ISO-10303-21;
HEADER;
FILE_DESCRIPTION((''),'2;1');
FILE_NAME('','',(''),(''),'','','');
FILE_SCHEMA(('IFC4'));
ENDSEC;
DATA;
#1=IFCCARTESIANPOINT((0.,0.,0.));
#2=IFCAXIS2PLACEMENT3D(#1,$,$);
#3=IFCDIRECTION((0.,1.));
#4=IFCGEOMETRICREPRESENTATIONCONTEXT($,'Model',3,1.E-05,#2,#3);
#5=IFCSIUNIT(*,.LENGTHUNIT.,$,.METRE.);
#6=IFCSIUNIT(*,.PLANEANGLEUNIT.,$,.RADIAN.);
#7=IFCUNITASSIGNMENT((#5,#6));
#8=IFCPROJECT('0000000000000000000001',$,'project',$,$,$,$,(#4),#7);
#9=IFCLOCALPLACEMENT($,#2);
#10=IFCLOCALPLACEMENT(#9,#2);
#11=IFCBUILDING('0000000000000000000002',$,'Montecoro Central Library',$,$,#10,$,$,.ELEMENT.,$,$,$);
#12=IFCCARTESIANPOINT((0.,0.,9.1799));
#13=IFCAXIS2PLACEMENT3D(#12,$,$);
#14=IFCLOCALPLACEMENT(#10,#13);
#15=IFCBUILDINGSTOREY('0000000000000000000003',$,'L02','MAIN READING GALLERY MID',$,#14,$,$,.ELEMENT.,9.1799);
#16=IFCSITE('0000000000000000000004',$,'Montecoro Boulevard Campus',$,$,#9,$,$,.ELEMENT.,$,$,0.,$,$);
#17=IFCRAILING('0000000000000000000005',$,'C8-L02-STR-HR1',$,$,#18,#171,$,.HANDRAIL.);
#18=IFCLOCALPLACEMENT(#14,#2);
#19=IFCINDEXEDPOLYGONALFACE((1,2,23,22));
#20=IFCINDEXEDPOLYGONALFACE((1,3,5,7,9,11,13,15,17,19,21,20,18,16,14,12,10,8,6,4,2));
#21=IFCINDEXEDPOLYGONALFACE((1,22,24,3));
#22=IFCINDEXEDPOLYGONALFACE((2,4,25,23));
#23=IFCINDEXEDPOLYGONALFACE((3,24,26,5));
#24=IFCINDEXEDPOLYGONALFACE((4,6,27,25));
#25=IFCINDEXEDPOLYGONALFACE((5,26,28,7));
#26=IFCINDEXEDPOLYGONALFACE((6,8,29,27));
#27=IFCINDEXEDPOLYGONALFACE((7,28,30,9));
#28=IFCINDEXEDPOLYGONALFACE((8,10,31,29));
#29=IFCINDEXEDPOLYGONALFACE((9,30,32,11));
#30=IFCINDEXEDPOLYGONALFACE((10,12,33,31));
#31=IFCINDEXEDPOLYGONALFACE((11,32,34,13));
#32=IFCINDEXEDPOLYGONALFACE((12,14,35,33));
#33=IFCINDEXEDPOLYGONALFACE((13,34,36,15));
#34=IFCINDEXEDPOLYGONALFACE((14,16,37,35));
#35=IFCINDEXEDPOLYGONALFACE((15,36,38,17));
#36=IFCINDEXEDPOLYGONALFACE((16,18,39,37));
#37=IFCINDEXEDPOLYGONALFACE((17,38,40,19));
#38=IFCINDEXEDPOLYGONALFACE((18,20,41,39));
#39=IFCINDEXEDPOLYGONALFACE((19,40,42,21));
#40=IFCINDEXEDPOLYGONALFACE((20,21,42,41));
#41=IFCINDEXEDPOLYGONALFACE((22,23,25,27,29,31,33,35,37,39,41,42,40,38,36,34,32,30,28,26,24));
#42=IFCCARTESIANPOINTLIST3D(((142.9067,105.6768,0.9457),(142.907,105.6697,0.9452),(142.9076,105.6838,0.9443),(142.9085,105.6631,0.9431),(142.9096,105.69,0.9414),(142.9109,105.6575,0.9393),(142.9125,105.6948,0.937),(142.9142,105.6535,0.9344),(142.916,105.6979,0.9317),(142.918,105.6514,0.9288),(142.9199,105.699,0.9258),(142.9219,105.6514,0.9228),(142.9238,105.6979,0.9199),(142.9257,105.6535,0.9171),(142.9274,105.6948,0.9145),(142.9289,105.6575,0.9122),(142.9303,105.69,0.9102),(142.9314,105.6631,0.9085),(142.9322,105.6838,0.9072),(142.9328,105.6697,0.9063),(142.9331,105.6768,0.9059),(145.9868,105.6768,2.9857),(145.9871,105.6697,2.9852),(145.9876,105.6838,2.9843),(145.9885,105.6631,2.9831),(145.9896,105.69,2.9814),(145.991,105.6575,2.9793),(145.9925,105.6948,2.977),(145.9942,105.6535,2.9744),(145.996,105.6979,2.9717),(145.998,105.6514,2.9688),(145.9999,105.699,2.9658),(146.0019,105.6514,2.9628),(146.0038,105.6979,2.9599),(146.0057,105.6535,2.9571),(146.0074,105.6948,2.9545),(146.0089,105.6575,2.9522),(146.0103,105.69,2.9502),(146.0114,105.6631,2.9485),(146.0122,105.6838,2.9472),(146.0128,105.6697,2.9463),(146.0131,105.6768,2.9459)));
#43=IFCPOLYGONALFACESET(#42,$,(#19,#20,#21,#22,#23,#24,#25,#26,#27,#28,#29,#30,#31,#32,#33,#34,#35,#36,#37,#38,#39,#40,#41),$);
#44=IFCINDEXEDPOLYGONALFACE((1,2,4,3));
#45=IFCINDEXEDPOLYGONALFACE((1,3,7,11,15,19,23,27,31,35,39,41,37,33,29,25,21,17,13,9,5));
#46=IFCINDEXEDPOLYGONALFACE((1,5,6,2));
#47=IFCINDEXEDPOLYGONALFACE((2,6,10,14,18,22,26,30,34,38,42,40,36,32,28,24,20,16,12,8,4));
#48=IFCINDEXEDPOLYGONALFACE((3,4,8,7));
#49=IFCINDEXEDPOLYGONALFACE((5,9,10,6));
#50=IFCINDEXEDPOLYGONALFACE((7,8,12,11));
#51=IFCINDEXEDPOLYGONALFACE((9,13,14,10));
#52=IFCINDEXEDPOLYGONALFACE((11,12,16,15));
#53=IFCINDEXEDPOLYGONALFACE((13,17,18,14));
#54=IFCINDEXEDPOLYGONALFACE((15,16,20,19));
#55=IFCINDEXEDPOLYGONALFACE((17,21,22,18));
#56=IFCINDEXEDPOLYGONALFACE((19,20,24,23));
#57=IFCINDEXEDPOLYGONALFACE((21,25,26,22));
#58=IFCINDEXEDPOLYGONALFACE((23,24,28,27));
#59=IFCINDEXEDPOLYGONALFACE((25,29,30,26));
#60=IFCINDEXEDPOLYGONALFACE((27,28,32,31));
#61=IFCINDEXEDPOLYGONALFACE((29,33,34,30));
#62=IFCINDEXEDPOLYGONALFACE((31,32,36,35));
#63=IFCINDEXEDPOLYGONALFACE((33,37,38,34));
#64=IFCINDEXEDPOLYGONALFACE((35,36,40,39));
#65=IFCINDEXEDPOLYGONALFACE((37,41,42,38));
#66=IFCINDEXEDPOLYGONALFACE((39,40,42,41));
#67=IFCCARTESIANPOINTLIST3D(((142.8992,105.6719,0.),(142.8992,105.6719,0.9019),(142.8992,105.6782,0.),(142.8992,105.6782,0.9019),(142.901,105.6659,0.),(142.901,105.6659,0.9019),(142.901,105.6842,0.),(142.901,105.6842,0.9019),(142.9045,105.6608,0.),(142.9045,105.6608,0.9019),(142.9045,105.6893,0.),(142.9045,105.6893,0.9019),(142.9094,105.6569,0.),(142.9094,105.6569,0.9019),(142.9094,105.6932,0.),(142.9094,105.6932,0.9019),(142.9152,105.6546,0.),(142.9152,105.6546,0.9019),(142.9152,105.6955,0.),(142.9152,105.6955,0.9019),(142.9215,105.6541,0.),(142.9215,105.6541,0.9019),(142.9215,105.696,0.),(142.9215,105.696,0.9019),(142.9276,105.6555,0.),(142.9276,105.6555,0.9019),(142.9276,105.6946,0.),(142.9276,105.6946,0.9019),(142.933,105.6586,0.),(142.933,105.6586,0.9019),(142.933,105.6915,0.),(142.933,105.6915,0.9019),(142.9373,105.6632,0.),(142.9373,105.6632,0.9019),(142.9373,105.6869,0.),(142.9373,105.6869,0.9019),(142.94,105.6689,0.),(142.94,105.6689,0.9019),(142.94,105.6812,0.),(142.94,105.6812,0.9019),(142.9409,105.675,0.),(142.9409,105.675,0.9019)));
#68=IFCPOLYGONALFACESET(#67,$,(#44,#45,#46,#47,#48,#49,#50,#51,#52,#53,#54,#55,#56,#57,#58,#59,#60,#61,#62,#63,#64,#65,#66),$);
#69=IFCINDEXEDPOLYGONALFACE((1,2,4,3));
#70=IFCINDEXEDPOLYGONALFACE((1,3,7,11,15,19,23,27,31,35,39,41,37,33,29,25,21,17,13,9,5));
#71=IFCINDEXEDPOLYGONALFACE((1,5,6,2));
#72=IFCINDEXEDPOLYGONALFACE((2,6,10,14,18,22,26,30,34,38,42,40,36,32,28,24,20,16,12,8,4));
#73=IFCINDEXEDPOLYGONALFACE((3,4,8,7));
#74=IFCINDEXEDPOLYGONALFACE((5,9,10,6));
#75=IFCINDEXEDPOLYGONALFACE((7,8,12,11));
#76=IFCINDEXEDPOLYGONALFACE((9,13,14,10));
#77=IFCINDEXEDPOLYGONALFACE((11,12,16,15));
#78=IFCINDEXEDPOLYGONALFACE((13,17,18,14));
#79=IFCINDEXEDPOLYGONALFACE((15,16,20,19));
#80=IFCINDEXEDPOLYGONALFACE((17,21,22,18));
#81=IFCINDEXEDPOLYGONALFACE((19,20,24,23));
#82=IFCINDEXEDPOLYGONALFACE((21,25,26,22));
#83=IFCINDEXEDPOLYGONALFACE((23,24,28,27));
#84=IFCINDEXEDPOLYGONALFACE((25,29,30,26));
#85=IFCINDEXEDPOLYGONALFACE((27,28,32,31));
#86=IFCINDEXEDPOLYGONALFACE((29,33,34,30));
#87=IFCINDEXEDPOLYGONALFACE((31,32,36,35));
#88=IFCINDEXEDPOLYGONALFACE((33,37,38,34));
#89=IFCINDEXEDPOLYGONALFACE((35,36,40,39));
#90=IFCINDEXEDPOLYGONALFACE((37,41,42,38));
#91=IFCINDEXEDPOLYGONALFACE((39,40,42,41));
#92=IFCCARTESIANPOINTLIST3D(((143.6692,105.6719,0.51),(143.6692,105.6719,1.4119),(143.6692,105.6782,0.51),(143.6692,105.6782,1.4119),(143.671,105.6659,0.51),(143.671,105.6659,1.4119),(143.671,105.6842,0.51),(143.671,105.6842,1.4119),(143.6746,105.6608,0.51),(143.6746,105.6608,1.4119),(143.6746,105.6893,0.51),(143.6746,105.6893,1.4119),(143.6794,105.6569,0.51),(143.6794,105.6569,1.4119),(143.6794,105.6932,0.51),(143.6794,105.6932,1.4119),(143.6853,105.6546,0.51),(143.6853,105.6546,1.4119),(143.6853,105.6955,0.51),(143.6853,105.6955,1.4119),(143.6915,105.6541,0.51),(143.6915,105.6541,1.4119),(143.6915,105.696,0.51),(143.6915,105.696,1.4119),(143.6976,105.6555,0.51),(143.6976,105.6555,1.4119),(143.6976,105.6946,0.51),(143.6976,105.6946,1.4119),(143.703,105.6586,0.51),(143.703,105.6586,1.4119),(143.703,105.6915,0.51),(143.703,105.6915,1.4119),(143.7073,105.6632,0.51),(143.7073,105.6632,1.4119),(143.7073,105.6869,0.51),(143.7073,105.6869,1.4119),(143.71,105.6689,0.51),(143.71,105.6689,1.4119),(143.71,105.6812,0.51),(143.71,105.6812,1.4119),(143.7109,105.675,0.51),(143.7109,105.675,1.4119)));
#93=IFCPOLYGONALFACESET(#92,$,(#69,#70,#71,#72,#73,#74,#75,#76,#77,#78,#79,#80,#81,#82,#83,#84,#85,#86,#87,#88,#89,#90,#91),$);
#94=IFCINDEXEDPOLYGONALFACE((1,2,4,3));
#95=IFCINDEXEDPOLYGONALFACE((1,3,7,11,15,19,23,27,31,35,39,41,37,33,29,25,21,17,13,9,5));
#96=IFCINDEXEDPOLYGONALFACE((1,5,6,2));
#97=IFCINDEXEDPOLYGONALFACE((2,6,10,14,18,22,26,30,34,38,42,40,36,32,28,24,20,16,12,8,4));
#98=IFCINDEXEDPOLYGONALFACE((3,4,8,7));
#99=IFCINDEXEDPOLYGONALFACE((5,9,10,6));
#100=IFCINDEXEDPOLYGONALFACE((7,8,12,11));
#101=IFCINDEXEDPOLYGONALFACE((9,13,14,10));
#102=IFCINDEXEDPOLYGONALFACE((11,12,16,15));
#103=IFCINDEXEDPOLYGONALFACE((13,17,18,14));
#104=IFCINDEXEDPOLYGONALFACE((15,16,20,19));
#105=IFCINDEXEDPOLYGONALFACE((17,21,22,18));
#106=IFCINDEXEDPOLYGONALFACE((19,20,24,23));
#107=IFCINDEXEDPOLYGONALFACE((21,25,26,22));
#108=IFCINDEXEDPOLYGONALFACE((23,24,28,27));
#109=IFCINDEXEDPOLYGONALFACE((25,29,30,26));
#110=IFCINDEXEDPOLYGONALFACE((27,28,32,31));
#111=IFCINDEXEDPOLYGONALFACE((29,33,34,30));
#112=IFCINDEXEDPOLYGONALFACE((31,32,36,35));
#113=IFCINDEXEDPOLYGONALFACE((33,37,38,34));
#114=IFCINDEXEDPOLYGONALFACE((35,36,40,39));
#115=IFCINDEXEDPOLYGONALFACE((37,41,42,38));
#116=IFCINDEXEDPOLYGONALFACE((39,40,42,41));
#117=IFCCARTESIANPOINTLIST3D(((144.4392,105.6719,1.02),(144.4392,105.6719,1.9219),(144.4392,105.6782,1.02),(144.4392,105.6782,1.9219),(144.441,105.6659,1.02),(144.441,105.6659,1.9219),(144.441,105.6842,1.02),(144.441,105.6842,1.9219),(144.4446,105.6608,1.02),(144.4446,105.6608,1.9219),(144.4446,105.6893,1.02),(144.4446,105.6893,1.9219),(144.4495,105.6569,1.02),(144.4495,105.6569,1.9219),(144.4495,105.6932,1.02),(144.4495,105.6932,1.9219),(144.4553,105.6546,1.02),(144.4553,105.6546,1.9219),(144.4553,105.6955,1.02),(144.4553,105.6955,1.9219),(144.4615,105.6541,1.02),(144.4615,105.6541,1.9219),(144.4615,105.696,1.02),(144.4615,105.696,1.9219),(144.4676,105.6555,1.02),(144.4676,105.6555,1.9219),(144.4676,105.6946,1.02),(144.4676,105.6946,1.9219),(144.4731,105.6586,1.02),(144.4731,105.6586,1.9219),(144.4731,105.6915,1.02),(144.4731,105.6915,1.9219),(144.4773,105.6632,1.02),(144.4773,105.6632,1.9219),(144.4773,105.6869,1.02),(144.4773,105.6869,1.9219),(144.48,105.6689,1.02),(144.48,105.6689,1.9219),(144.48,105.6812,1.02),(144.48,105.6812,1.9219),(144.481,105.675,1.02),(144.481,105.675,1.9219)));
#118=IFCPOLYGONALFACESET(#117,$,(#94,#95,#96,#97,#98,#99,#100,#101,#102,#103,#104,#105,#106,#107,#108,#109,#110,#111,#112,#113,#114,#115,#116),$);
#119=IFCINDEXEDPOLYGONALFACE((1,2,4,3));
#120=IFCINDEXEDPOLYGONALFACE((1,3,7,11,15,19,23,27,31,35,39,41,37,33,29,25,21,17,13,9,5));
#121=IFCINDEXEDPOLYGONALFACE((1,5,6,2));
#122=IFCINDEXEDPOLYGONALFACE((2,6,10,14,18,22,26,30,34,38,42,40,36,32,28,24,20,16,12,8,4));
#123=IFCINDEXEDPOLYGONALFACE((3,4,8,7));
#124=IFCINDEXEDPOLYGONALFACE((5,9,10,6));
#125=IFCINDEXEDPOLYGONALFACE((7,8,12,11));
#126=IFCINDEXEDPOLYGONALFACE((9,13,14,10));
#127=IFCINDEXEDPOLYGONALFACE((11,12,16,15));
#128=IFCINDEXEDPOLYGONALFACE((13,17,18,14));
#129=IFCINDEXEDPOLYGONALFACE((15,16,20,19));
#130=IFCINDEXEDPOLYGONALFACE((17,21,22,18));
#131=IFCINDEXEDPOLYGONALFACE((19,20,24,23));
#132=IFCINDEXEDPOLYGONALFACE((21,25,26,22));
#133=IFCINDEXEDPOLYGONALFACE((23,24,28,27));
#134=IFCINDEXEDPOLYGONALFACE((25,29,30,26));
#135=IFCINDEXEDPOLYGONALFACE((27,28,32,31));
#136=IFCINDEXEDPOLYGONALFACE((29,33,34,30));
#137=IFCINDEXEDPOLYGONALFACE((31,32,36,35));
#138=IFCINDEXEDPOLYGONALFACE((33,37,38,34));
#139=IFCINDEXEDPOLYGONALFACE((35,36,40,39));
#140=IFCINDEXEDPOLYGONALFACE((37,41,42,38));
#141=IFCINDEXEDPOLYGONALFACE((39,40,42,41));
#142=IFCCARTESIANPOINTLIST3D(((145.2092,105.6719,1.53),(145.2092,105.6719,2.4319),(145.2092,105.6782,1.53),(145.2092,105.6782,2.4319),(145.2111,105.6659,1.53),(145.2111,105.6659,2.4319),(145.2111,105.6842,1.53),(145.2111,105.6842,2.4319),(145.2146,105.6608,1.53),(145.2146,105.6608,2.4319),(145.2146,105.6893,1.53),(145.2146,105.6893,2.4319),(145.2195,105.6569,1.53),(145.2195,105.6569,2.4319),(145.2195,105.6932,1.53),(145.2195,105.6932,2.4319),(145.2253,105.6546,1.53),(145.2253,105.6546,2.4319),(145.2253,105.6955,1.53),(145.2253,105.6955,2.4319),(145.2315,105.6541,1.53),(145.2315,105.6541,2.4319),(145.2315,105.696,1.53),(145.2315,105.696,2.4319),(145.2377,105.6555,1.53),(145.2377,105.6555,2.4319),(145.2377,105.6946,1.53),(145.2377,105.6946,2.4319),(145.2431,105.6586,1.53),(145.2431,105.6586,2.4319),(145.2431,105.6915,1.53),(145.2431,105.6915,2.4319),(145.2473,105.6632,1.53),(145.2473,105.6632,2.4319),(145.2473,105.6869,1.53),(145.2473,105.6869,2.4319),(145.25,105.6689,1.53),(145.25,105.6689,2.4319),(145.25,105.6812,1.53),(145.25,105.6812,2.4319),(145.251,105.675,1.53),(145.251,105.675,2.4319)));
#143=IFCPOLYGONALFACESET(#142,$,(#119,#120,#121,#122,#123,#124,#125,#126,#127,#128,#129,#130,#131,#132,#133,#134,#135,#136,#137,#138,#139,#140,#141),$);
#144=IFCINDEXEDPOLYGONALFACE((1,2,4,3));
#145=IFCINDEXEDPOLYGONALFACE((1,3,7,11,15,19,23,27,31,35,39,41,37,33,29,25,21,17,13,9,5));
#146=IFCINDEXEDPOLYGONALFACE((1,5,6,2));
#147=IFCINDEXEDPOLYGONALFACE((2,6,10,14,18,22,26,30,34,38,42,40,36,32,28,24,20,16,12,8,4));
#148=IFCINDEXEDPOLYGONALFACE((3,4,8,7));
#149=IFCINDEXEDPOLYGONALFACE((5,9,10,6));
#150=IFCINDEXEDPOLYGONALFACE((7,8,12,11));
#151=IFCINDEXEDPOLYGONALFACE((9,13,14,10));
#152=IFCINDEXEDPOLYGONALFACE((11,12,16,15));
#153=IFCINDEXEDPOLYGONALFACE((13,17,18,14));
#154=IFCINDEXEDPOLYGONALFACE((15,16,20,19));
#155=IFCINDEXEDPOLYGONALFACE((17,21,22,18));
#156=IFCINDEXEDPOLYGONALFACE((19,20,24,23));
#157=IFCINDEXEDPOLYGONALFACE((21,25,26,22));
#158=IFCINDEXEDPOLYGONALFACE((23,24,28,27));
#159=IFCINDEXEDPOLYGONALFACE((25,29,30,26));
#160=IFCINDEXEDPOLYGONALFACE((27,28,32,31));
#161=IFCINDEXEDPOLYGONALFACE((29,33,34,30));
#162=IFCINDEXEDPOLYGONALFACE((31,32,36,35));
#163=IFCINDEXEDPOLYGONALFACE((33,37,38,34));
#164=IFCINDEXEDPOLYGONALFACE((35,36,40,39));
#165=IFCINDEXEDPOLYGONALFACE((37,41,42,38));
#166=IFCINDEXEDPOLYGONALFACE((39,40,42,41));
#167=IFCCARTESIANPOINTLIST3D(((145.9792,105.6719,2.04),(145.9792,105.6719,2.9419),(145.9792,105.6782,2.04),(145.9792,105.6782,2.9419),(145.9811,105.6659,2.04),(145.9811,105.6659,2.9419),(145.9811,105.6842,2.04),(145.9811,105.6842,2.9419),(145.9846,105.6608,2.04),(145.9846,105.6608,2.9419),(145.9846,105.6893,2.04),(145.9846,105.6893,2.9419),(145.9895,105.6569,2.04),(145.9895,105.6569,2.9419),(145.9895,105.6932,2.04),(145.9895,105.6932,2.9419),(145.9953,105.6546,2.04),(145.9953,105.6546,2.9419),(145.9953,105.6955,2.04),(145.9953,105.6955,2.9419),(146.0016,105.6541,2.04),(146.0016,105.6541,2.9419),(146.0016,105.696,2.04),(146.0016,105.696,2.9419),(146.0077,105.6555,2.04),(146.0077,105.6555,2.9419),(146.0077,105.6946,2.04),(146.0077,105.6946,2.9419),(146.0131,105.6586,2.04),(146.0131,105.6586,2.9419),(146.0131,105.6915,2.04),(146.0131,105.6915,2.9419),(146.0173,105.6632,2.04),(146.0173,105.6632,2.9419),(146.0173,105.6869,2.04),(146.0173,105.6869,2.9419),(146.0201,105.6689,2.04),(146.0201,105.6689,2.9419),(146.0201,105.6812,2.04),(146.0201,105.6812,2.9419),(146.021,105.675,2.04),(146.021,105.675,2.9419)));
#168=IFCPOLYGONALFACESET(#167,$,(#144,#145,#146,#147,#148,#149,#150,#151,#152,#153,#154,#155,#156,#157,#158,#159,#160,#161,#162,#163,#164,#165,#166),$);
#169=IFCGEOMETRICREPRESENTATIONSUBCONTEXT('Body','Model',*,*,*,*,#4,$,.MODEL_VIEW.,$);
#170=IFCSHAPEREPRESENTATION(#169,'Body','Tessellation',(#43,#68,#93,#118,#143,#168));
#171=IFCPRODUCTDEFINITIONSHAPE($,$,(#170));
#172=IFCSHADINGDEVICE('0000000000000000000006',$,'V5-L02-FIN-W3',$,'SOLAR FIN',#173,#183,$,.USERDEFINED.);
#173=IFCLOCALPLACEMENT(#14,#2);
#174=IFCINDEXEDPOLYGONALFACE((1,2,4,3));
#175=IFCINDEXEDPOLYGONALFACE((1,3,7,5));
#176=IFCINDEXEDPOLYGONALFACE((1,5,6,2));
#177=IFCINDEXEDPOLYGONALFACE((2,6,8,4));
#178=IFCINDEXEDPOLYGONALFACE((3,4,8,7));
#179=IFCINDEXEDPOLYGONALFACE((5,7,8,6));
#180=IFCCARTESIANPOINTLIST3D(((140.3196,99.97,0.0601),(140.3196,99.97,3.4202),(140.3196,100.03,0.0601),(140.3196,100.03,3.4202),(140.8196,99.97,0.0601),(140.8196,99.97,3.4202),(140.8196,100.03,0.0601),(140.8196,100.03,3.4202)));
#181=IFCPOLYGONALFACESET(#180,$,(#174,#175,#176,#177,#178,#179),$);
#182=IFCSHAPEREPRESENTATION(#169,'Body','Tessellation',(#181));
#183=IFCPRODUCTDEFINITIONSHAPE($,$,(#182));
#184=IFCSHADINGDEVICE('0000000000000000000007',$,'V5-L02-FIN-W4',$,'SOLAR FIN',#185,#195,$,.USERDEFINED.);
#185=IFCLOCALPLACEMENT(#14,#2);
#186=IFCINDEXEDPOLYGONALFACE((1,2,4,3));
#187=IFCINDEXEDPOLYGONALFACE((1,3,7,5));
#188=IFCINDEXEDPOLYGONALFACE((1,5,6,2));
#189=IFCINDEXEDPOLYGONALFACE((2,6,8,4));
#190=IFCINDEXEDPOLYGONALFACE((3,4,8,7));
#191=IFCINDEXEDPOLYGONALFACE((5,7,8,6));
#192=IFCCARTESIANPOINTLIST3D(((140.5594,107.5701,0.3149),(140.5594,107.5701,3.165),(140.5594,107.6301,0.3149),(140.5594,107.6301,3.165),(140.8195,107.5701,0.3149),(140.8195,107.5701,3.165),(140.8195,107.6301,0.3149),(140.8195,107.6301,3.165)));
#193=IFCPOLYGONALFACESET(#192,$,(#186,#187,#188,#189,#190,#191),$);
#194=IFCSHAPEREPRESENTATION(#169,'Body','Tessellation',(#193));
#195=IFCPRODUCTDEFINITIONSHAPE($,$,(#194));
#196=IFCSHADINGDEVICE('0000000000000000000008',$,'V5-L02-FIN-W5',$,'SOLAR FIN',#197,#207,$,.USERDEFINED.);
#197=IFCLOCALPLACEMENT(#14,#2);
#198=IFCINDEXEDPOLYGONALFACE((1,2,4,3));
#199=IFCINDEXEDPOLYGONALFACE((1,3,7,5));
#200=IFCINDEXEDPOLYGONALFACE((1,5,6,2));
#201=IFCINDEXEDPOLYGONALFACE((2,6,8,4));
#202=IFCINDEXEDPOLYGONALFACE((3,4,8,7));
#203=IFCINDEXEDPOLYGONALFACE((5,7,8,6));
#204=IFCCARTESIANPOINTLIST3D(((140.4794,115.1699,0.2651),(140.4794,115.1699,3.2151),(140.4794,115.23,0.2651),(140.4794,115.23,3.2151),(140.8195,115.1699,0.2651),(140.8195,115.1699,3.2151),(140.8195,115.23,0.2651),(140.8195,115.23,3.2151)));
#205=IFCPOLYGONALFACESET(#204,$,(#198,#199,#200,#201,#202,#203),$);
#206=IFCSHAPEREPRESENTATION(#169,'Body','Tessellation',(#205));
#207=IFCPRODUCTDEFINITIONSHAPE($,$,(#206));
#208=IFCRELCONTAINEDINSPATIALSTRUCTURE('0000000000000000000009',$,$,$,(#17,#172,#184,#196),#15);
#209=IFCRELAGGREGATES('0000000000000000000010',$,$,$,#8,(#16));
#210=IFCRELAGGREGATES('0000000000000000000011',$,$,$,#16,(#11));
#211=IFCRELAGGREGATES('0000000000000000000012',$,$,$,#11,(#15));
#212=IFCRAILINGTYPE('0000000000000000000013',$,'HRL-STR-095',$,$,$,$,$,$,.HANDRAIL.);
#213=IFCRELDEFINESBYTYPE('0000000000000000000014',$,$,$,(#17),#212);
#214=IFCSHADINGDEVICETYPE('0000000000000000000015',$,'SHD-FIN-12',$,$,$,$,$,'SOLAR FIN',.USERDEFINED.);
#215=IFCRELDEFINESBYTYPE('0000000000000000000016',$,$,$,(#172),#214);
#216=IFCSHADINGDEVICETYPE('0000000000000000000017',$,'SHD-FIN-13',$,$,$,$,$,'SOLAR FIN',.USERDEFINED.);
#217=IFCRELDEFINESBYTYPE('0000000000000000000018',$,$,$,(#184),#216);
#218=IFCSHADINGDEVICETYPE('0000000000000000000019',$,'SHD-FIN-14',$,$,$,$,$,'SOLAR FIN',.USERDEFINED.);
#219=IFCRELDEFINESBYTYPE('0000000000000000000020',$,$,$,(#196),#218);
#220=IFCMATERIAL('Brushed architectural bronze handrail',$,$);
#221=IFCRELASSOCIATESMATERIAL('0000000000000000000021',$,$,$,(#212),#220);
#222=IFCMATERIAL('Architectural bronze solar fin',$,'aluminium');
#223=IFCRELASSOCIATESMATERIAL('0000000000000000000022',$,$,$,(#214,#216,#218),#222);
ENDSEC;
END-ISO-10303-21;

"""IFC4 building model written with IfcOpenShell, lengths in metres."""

from ifc_helpers import new_model, si_unit, direction, frame, origin, origin_2d, place, context, subcontext, project, spatial, rectangle, circle, extrude, material, type_object, element, save


model = new_model("IFC4")

# Units and contexts
model_context = context("Model", 3, precision=1e-05, world=origin(), true_north=direction((0.0, 1.0)))
body_context = subcontext(model_context, "Body", "Model", "MODEL_VIEW")
ifc_project = project(units=[si_unit("LENGTHUNIT", "METRE"), si_unit("PLANEANGLEUNIT", "RADIAN")], contexts=[model_context])

# Site, building, storey
site_placement = place(None, origin())
site = spatial("IfcSite", under=ifc_project, at=site_placement, Name="Montecoro Boulevard Campus", CompositionType="ELEMENT", RefElevation=0.0)
building_placement = place(site_placement, origin())
building = spatial("IfcBuilding", under=site, at=building_placement, Name="Montecoro Central Library", CompositionType="ELEMENT")
storey_placement = place(building_placement, frame((0.0, 0.0, 9.1799)))
storey = spatial("IfcBuildingStorey", under=building, at=storey_placement, Name="L02", Description="MAIN READING GALLERY MID", CompositionType="ELEMENT", Elevation=9.1799)

# Railing
ifc_material_1 = material(Name="Brushed architectural bronze handrail")
railing_type_1 = type_object("IfcRailingType", Name="HRL-STR-095", PredefinedType="HANDRAIL", material=ifc_material_1)
railing_1_placement = place(storey_placement, frame((142.9199, 105.675, 0.0)))
element("IfcRailing", 1, at=railing_1_placement, inside=storey, type_object=railing_type_1, Name="C8-L02-STR-HR1", PredefinedType="HANDRAIL", context=body_context, shape_type="SweptSolid", body=[
    extrude(circle(Radius=0.0239, at=origin_2d()), frame((0.0, 0.0, 0.9258), z_axis=(0.833714, 0.0, 0.552197), x_axis=(0.0, 1.0, 0.0)), (0.0, 0.0, 1.0), 3.6943),
    extrude(circle(Radius=0.021, at=origin_2d()), origin(), (0.0, 0.0, 1.0), 0.9019),
    extrude(circle(Radius=0.021, at=origin_2d()), frame((0.77, 0.0, 0.51)), (0.0, 0.0, 1.0), 0.9019),
    extrude(circle(Radius=0.021, at=origin_2d()), frame((1.54, 0.0, 1.02)), (0.0, 0.0, 1.0), 0.9019),
    extrude(circle(Radius=0.021, at=origin_2d()), frame((2.3101, 0.0, 1.53)), (0.0, 0.0, 1.0), 0.9019),
    extrude(circle(Radius=0.021, at=origin_2d()), frame((3.0801, 0.0, 2.04)), (0.0, 0.0, 1.0), 0.9019),
])

# Shading devices
ifc_material_2 = material(Name="Architectural bronze solar fin", Category="aluminium")
shading_device_type_1 = type_object("IfcShadingDeviceType", Name="SHD-FIN-12", ElementType="SOLAR FIN", PredefinedType="USERDEFINED", material=ifc_material_2)
shading_device_1_placement = place(storey_placement, frame((140.5696, 100.0, 0.0601), z_axis=(0.0, 0.0, 1.0), x_axis=(0.0, -1.0, 0.0)))
element("IfcShadingDevice", 2, at=shading_device_1_placement, inside=storey, type_object=shading_device_type_1, Name="V5-L02-FIN-W3", ObjectType="SOLAR FIN", PredefinedType="USERDEFINED", context=body_context, shape_type="SweptSolid", body=[
    extrude(rectangle(XDim=0.0601, YDim=0.5, at=origin_2d()), origin(), (0.0, 0.0, 1.0), 3.3601),
])
shading_device_type_2 = type_object("IfcShadingDeviceType", Name="SHD-FIN-13", ElementType="SOLAR FIN", PredefinedType="USERDEFINED", material=ifc_material_2)
shading_device_2_placement = place(storey_placement, frame((140.6895, 107.6001, 0.3149), z_axis=(0.0, 0.0, 1.0), x_axis=(0.0, -1.0, 0.0)))
element("IfcShadingDevice", 3, at=shading_device_2_placement, inside=storey, type_object=shading_device_type_2, Name="V5-L02-FIN-W4", ObjectType="SOLAR FIN", PredefinedType="USERDEFINED", context=body_context, shape_type="SweptSolid", body=[
    extrude(rectangle(XDim=0.0601, YDim=0.26, at=origin_2d()), origin(), (0.0, 0.0, 1.0), 2.8501),
])
shading_device_type_3 = type_object("IfcShadingDeviceType", Name="SHD-FIN-14", ElementType="SOLAR FIN", PredefinedType="USERDEFINED", material=ifc_material_2)
shading_device_3_placement = place(storey_placement, frame((140.6494, 115.2, 0.2651), z_axis=(0.0, 0.0, 1.0), x_axis=(0.0, -1.0, 0.0)))
element("IfcShadingDevice", 4, at=shading_device_3_placement, inside=storey, type_object=shading_device_type_3, Name="V5-L02-FIN-W5", ObjectType="SOLAR FIN", PredefinedType="USERDEFINED", context=body_context, shape_type="SweptSolid", body=[
    extrude(rectangle(XDim=0.0601, YDim=0.3401, at=origin_2d()), origin(), (0.0, 0.0, 1.0), 2.95),
])

save(model, "model.ifc")
